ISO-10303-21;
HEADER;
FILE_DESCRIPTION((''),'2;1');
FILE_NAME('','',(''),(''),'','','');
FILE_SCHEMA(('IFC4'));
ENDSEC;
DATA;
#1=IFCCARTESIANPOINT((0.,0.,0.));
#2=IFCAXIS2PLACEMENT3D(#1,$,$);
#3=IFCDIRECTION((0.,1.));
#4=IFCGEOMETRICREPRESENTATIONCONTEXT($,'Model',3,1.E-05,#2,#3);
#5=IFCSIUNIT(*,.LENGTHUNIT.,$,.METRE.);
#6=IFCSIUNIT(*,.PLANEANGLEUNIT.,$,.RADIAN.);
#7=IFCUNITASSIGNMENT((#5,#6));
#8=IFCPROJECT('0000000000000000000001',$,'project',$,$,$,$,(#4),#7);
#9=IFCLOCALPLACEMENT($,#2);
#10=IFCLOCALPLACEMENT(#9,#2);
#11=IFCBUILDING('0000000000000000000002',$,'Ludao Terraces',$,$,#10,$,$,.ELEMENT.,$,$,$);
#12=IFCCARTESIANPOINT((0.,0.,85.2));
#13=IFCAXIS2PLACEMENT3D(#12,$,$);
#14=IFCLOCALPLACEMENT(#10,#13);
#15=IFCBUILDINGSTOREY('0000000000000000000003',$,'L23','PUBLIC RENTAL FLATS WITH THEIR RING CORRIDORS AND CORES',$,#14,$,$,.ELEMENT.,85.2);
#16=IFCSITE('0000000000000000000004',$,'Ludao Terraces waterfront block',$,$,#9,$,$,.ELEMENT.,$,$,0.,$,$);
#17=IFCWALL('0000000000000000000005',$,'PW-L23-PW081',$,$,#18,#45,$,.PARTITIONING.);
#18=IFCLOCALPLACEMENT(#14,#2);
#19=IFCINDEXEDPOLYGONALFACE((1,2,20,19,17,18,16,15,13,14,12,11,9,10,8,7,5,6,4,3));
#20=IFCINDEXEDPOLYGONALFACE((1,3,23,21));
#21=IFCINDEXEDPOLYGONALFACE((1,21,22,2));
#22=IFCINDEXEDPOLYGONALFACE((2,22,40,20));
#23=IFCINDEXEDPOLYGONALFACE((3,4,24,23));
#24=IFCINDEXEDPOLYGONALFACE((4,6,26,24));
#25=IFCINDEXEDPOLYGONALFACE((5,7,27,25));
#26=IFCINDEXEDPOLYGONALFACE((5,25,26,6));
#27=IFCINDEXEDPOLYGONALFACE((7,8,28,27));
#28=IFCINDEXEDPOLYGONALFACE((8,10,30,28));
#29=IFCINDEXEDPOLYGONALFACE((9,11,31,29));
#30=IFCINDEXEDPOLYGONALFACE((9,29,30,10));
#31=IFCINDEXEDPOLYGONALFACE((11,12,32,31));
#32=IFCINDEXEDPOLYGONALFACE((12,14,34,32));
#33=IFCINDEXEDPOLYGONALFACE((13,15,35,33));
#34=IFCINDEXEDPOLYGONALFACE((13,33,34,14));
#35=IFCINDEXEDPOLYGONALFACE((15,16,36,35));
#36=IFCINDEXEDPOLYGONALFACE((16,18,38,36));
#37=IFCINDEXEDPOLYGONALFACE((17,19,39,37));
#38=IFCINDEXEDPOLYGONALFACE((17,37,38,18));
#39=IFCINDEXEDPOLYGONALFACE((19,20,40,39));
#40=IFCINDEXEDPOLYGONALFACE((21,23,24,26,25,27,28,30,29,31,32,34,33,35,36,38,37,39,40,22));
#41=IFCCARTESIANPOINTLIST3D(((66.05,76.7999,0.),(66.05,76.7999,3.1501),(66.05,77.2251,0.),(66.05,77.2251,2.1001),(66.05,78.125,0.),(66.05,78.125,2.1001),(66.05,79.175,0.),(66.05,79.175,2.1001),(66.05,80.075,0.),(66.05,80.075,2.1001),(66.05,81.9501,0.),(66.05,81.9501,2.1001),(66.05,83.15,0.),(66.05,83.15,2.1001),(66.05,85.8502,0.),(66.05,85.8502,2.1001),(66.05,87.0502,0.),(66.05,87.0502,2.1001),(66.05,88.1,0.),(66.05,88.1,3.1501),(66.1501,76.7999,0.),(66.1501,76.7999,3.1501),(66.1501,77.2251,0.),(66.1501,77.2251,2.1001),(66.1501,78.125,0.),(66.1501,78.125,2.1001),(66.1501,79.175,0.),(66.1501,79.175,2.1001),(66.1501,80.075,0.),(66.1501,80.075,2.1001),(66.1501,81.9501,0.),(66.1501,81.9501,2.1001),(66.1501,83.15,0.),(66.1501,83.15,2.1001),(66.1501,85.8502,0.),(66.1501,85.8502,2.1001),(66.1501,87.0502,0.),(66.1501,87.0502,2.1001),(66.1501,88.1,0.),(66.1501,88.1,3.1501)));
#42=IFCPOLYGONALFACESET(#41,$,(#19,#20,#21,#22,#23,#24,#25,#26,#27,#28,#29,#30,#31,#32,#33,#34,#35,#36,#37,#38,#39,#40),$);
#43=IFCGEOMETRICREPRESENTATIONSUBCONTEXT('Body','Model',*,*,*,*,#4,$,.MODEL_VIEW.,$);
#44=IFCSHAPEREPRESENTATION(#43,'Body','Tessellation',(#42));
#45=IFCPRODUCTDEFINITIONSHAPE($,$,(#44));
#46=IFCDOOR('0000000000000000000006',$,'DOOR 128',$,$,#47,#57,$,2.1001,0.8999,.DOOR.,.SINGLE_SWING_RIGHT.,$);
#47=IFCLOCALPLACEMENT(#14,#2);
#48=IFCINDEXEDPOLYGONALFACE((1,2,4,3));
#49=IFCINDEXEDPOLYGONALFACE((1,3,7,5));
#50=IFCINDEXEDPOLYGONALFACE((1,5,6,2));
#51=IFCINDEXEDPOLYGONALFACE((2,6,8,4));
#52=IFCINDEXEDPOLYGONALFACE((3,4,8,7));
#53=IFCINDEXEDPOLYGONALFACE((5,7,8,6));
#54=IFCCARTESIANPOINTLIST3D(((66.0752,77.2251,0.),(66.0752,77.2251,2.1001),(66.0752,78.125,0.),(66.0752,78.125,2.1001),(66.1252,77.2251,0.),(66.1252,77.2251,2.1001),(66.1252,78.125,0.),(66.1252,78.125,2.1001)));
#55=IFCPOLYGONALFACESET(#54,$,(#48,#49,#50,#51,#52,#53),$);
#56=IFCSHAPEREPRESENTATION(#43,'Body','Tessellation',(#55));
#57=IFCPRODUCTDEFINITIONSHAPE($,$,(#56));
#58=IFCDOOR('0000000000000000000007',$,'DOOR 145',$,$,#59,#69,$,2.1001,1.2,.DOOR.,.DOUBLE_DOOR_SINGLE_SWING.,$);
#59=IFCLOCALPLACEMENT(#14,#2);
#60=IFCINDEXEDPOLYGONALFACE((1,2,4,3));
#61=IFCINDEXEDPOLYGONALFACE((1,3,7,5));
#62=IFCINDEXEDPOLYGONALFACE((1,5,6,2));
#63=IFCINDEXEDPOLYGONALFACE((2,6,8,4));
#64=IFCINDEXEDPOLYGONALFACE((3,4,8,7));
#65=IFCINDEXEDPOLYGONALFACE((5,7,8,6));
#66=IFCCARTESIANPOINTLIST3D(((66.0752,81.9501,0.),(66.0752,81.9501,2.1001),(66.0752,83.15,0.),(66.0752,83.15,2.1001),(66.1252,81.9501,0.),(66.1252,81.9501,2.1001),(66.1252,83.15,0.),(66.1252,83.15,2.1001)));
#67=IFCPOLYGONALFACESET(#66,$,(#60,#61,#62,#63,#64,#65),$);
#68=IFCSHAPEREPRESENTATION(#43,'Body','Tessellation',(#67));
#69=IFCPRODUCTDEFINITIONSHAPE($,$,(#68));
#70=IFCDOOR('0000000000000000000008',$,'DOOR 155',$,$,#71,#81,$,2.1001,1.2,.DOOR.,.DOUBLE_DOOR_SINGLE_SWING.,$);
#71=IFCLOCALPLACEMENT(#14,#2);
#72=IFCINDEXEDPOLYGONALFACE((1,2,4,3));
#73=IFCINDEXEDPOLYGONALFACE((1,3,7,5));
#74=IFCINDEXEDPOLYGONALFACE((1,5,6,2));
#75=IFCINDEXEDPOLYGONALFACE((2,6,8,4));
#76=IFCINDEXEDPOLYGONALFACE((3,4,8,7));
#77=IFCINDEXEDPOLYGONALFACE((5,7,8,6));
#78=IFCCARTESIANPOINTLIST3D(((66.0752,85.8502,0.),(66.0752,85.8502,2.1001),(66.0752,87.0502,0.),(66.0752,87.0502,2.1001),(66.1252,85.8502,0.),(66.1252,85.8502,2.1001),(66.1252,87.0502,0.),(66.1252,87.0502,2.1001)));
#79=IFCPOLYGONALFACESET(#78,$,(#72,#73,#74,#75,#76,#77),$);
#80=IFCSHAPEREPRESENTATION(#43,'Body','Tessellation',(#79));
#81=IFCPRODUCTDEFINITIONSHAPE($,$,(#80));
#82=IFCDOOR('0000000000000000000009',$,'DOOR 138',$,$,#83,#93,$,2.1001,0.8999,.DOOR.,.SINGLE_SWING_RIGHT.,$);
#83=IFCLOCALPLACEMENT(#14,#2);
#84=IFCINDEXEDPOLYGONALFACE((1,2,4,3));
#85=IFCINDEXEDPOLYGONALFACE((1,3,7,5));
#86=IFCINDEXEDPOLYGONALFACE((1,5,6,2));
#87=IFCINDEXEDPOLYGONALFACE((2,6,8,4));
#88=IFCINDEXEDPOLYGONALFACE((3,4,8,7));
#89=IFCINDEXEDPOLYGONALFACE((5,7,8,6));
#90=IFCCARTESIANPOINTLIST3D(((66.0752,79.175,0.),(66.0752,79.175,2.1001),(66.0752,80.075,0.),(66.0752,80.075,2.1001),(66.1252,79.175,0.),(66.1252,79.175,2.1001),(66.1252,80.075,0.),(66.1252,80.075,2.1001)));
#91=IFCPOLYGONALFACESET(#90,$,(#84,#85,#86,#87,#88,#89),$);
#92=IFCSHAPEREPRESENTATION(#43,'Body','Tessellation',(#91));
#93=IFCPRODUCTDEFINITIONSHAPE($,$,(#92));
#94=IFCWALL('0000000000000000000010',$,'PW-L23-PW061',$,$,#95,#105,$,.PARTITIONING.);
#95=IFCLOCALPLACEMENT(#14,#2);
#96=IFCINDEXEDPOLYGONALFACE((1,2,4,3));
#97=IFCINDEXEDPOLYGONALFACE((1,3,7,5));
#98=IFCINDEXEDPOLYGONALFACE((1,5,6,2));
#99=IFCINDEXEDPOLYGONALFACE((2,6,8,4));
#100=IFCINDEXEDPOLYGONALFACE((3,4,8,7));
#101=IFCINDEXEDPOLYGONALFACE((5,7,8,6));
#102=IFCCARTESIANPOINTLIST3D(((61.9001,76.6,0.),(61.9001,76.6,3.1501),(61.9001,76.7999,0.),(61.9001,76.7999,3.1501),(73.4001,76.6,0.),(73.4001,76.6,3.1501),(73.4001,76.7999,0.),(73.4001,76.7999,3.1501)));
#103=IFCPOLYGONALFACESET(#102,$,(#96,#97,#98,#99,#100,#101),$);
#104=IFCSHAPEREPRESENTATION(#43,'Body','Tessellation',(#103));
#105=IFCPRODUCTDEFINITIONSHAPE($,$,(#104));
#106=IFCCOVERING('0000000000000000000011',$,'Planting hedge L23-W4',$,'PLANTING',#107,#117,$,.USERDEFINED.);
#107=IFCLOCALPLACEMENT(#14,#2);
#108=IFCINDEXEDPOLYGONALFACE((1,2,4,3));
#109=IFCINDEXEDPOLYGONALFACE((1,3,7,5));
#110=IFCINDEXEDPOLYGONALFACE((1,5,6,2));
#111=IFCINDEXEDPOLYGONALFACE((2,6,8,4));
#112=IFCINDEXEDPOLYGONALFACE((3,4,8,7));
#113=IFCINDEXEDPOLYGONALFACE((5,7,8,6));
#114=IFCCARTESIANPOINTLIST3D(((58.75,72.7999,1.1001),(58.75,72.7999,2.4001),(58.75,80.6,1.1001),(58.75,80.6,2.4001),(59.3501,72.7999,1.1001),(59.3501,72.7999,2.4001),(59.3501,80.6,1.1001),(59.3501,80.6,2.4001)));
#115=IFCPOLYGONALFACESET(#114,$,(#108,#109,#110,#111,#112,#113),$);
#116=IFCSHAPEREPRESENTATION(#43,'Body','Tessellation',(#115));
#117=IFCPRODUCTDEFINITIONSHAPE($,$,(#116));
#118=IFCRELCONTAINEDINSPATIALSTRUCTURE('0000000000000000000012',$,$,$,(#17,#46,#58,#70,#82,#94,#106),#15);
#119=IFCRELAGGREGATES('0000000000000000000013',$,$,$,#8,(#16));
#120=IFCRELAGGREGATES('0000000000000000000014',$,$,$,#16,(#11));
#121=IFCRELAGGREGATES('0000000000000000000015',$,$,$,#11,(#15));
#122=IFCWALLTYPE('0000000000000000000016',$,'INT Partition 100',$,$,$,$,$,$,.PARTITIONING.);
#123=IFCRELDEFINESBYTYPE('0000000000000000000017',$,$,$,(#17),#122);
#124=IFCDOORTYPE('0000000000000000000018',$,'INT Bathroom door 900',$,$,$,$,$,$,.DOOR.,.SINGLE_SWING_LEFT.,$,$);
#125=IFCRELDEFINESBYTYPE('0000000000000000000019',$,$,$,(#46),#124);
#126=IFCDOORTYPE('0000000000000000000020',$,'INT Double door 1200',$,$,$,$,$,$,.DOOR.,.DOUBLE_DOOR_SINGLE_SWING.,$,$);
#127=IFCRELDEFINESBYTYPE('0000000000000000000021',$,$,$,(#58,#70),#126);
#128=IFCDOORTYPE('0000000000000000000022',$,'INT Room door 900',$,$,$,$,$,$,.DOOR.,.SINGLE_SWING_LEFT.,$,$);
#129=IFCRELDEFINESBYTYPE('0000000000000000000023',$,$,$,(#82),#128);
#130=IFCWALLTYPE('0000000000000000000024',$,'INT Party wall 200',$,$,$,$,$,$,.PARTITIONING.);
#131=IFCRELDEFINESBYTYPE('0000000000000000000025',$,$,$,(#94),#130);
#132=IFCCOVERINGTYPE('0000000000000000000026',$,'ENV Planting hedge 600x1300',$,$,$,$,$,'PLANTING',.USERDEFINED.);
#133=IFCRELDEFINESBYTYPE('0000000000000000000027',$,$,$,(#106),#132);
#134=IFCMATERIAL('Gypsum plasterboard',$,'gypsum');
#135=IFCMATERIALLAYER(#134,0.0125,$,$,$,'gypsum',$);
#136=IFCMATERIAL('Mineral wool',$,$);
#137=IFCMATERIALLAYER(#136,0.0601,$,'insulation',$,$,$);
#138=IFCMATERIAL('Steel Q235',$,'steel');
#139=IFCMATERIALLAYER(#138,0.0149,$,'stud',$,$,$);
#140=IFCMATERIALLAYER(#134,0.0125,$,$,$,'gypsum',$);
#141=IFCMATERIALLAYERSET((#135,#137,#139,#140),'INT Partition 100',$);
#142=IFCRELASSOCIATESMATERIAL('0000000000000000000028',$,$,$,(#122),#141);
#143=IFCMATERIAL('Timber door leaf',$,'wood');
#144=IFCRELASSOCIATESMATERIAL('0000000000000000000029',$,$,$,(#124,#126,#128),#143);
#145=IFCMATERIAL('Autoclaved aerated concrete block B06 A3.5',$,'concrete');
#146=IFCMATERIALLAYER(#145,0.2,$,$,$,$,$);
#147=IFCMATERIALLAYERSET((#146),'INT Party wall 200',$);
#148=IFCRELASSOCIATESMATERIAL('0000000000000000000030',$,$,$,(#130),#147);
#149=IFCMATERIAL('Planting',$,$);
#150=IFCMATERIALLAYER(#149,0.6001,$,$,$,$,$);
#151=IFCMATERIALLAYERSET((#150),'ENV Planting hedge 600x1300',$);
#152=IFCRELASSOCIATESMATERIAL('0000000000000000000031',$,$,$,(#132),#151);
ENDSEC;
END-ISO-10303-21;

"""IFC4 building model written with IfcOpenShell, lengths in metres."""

from ifc_helpers import new_model, si_unit, direction, frame, frame_2d, origin, origin_2d, place, context, subcontext, project, spatial, rectangle, extrude, material, layer, layer_set, type_object, element, fill, save


model = new_model("IFC4")

# Units and contexts
model_context = context("Model", 3, precision=1e-05, world=origin(), true_north=direction((0.0, 1.0)))
body_context = subcontext(model_context, "Body", "Model", "MODEL_VIEW")
ifc_project = project(units=[si_unit("LENGTHUNIT", "METRE"), si_unit("PLANEANGLEUNIT", "RADIAN")], contexts=[model_context])

# Site, building, storey
site_placement = place(None, origin())
site = spatial("IfcSite", under=ifc_project, at=site_placement, Name="Ludao Terraces waterfront block", CompositionType="ELEMENT", RefElevation=0.0)
building_placement = place(site_placement, origin())
building = spatial("IfcBuilding", under=site, at=building_placement, Name="Ludao Terraces", CompositionType="ELEMENT")
storey_placement = place(building_placement, frame((0.0, 0.0, 85.2)))
storey = spatial("IfcBuildingStorey", under=building, at=storey_placement, Name="L23", Description="PUBLIC RENTAL FLATS WITH THEIR RING CORRIDORS AND CORES", CompositionType="ELEMENT", Elevation=85.2)

# Shared definitions
ifc_material_1 = material(Name="Mineral wool")

# Shared definitions
ifc_material_2 = material(Name="Gypsum plasterboard", Category="gypsum")
ifc_layer_1 = layer(ifc_material_2, 0.0125, Category="gypsum")
ifc_layer_2 = layer(ifc_material_1, 0.0601, Name="insulation")
ifc_material_3 = material(Name="Steel Q235", Category="steel")
ifc_layer_3 = layer(ifc_material_3, 0.0149, Name="stud")
ifc_layer_4 = layer(ifc_material_2, 0.0125, Category="gypsum")
ifc_layer_set_1 = layer_set([ifc_layer_1, ifc_layer_2, ifc_layer_3, ifc_layer_4], Name="INT Partition 100")
wall_type_1 = type_object("IfcWallType", Name="INT Partition 100", PredefinedType="PARTITIONING", material=ifc_layer_set_1)

# Wall, openings, doors
wall_1_placement = place(storey_placement, frame((66.1001, 76.8, 0.0), z_axis=(0.0, 0.0, 1.0), x_axis=(0.0, 1.0, 0.0)))
wall_1 = element("IfcWall", 1, at=wall_1_placement, inside=storey, type_object=wall_type_1, Name="PW-L23-PW081", PredefinedType="PARTITIONING", context=body_context, shape_type="SweptSolid", body=[
    extrude(rectangle(XDim=11.3, YDim=0.1001, at=frame_2d((5.6499, 0.0))), origin(), (0.0, 0.0, 1.0), 3.1501),
])
opening_1_placement = place(wall_1_placement, frame((0.425, 0.0, 0.0)))
opening_1 = element("IfcOpeningElement", 2, at=opening_1_placement, cuts=wall_1, PredefinedType="OPENING", context=body_context, shape_type="SweptSolid", body=[
    extrude(rectangle(XDim=0.8999, YDim=2.1001, at=frame_2d((0.45, 1.05))), frame((0.0, 0.0601, 0.0), z_axis=(0.0, -1.0, 0.0), x_axis=(1.0, 0.0, 0.0)), (0.0, 0.0, 1.0), 0.1201),
])
opening_2_placement = place(wall_1_placement, frame((2.375, 0.0, 0.0)))
opening_2 = element("IfcOpeningElement", 3, at=opening_2_placement, cuts=wall_1, PredefinedType="OPENING", context=body_context, shape_type="SweptSolid", body=[
    extrude(rectangle(XDim=0.8999, YDim=2.1001, at=frame_2d((0.45, 1.05))), frame((0.0, 0.0601, 0.0), z_axis=(0.0, -1.0, 0.0), x_axis=(1.0, 0.0, 0.0)), (0.0, 0.0, 1.0), 0.1201),
])
opening_3_placement = place(wall_1_placement, frame((5.1499, 0.0, 0.0)))
opening_3 = element("IfcOpeningElement", 4, at=opening_3_placement, cuts=wall_1, PredefinedType="OPENING", context=body_context, shape_type="SweptSolid", body=[
    extrude(rectangle(XDim=1.2, YDim=2.1001, at=frame_2d((0.6001, 1.05))), frame((0.0, 0.0601, 0.0), z_axis=(0.0, -1.0, 0.0), x_axis=(1.0, 0.0, 0.0)), (0.0, 0.0, 1.0), 0.1201),
])
opening_4_placement = place(wall_1_placement, frame((9.05, 0.0, 0.0)))
opening_4 = element("IfcOpeningElement", 5, at=opening_4_placement, cuts=wall_1, PredefinedType="OPENING", context=body_context, shape_type="SweptSolid", body=[
    extrude(rectangle(XDim=1.2, YDim=2.1001, at=frame_2d((0.6001, 1.05))), frame((0.0, 0.0601, 0.0), z_axis=(0.0, -1.0, 0.0), x_axis=(1.0, 0.0, 0.0)), (0.0, 0.0, 1.0), 0.1201),
])
ifc_material_4 = material(Name="Timber door leaf", Category="wood")
door_type_1 = type_object("IfcDoorType", Name="INT Bathroom door 900", OperationType="SINGLE_SWING_LEFT", PredefinedType="DOOR", material=ifc_material_4)
door_1_placement = place(opening_1_placement, origin())
door_1 = element("IfcDoor", 6, at=door_1_placement, inside=storey, type_object=door_type_1, Name="DOOR 128", OperationType="SINGLE_SWING_RIGHT", OverallHeight=2.1001, OverallWidth=0.8999, PredefinedType="DOOR", context=body_context, shape_type="SweptSolid", body=[
    extrude(rectangle(XDim=0.8999, YDim=2.1001, at=frame_2d((0.45, 1.05))), frame((0.0, 0.0249, 0.0), z_axis=(0.0, -1.0, 0.0), x_axis=(1.0, 0.0, 0.0)), (0.0, 0.0, 1.0), 0.05),
])
fill(opening_1, door_1)
door_type_2 = type_object("IfcDoorType", Name="INT Double door 1200", OperationType="DOUBLE_DOOR_SINGLE_SWING", PredefinedType="DOOR", material=ifc_material_4)
door_2_placement = place(opening_3_placement, origin())
door_2 = element("IfcDoor", 7, at=door_2_placement, inside=storey, type_object=door_type_2, Name="DOOR 145", OperationType="DOUBLE_DOOR_SINGLE_SWING", OverallHeight=2.1001, OverallWidth=1.2, PredefinedType="DOOR", context=body_context, shape_type="SweptSolid", body=[
    extrude(rectangle(XDim=1.2, YDim=2.1001, at=frame_2d((0.6001, 1.05))), frame((0.0, 0.0249, 0.0), z_axis=(0.0, -1.0, 0.0), x_axis=(1.0, 0.0, 0.0)), (0.0, 0.0, 1.0), 0.05),
])
fill(opening_3, door_2)
door_3_placement = place(opening_4_placement, origin())
door_3 = element("IfcDoor", 8, at=door_3_placement, inside=storey, type_object=door_type_2, Name="DOOR 155", OperationType="DOUBLE_DOOR_SINGLE_SWING", OverallHeight=2.1001, OverallWidth=1.2, PredefinedType="DOOR", context=body_context, shape_type="SweptSolid", body=[
    extrude(rectangle(XDim=1.2, YDim=2.1001, at=frame_2d((0.6001, 1.05))), frame((0.0, 0.0249, 0.0), z_axis=(0.0, -1.0, 0.0), x_axis=(1.0, 0.0, 0.0)), (0.0, 0.0, 1.0), 0.05),
])
fill(opening_4, door_3)
door_type_3 = type_object("IfcDoorType", Name="INT Room door 900", OperationType="SINGLE_SWING_LEFT", PredefinedType="DOOR", material=ifc_material_4)
door_4_placement = place(opening_2_placement, origin())
door_4 = element("IfcDoor", 9, at=door_4_placement, inside=storey, type_object=door_type_3, Name="DOOR 138", OperationType="SINGLE_SWING_RIGHT", OverallHeight=2.1001, OverallWidth=0.8999, PredefinedType="DOOR", context=body_context, shape_type="SweptSolid", body=[
    extrude(rectangle(XDim=0.8999, YDim=2.1001, at=frame_2d((0.45, 1.05))), frame((0.0, 0.0249, 0.0), z_axis=(0.0, -1.0, 0.0), x_axis=(1.0, 0.0, 0.0)), (0.0, 0.0, 1.0), 0.05),
])
fill(opening_2, door_4)

# Wall
ifc_material_5 = material(Name="Autoclaved aerated concrete block B06 A3.5", Category="concrete")
ifc_layer_5 = layer(ifc_material_5, 0.2)
ifc_layer_set_2 = layer_set([ifc_layer_5], Name="INT Party wall 200")
wall_type_2 = type_object("IfcWallType", Name="INT Party wall 200", PredefinedType="PARTITIONING", material=ifc_layer_set_2)
wall_2_placement = place(storey_placement, frame((61.9001, 76.7, 0.0), z_axis=(0.0, 0.0, 1.0), x_axis=(1.0, 0.0, 0.0)))
element("IfcWall", 10, at=wall_2_placement, inside=storey, type_object=wall_type_2, Name="PW-L23-PW061", PredefinedType="PARTITIONING", context=body_context, shape_type="SweptSolid", body=[
    extrude(rectangle(XDim=11.5, YDim=0.2, at=frame_2d((5.75, 0.0))), origin(), (0.0, 0.0, 1.0), 3.1501),
])

# Covering
ifc_material_6 = material(Name="Planting")
ifc_layer_6 = layer(ifc_material_6, 0.6001)
ifc_layer_set_3 = layer_set([ifc_layer_6], Name="ENV Planting hedge 600x1300")
covering_type = type_object("IfcCoveringType", Name="ENV Planting hedge 600x1300", ElementType="PLANTING", PredefinedType="USERDEFINED", material=ifc_layer_set_3)
covering_placement = place(storey_placement, frame((59.05, 76.7, 1.1001), z_axis=(0.0, 0.0, 1.0), x_axis=(1.0, 0.0, 0.0)))
element("IfcCovering", 11, at=covering_placement, inside=storey, type_object=covering_type, Name="Planting hedge L23-W4", ObjectType="PLANTING", PredefinedType="USERDEFINED", context=body_context, shape_type="SweptSolid", body=[
    extrude(rectangle(XDim=0.6001, YDim=7.8, at=origin_2d()), origin(), (0.0, 0.0, 1.0), 1.3),
])

save(model, "model.ifc")
